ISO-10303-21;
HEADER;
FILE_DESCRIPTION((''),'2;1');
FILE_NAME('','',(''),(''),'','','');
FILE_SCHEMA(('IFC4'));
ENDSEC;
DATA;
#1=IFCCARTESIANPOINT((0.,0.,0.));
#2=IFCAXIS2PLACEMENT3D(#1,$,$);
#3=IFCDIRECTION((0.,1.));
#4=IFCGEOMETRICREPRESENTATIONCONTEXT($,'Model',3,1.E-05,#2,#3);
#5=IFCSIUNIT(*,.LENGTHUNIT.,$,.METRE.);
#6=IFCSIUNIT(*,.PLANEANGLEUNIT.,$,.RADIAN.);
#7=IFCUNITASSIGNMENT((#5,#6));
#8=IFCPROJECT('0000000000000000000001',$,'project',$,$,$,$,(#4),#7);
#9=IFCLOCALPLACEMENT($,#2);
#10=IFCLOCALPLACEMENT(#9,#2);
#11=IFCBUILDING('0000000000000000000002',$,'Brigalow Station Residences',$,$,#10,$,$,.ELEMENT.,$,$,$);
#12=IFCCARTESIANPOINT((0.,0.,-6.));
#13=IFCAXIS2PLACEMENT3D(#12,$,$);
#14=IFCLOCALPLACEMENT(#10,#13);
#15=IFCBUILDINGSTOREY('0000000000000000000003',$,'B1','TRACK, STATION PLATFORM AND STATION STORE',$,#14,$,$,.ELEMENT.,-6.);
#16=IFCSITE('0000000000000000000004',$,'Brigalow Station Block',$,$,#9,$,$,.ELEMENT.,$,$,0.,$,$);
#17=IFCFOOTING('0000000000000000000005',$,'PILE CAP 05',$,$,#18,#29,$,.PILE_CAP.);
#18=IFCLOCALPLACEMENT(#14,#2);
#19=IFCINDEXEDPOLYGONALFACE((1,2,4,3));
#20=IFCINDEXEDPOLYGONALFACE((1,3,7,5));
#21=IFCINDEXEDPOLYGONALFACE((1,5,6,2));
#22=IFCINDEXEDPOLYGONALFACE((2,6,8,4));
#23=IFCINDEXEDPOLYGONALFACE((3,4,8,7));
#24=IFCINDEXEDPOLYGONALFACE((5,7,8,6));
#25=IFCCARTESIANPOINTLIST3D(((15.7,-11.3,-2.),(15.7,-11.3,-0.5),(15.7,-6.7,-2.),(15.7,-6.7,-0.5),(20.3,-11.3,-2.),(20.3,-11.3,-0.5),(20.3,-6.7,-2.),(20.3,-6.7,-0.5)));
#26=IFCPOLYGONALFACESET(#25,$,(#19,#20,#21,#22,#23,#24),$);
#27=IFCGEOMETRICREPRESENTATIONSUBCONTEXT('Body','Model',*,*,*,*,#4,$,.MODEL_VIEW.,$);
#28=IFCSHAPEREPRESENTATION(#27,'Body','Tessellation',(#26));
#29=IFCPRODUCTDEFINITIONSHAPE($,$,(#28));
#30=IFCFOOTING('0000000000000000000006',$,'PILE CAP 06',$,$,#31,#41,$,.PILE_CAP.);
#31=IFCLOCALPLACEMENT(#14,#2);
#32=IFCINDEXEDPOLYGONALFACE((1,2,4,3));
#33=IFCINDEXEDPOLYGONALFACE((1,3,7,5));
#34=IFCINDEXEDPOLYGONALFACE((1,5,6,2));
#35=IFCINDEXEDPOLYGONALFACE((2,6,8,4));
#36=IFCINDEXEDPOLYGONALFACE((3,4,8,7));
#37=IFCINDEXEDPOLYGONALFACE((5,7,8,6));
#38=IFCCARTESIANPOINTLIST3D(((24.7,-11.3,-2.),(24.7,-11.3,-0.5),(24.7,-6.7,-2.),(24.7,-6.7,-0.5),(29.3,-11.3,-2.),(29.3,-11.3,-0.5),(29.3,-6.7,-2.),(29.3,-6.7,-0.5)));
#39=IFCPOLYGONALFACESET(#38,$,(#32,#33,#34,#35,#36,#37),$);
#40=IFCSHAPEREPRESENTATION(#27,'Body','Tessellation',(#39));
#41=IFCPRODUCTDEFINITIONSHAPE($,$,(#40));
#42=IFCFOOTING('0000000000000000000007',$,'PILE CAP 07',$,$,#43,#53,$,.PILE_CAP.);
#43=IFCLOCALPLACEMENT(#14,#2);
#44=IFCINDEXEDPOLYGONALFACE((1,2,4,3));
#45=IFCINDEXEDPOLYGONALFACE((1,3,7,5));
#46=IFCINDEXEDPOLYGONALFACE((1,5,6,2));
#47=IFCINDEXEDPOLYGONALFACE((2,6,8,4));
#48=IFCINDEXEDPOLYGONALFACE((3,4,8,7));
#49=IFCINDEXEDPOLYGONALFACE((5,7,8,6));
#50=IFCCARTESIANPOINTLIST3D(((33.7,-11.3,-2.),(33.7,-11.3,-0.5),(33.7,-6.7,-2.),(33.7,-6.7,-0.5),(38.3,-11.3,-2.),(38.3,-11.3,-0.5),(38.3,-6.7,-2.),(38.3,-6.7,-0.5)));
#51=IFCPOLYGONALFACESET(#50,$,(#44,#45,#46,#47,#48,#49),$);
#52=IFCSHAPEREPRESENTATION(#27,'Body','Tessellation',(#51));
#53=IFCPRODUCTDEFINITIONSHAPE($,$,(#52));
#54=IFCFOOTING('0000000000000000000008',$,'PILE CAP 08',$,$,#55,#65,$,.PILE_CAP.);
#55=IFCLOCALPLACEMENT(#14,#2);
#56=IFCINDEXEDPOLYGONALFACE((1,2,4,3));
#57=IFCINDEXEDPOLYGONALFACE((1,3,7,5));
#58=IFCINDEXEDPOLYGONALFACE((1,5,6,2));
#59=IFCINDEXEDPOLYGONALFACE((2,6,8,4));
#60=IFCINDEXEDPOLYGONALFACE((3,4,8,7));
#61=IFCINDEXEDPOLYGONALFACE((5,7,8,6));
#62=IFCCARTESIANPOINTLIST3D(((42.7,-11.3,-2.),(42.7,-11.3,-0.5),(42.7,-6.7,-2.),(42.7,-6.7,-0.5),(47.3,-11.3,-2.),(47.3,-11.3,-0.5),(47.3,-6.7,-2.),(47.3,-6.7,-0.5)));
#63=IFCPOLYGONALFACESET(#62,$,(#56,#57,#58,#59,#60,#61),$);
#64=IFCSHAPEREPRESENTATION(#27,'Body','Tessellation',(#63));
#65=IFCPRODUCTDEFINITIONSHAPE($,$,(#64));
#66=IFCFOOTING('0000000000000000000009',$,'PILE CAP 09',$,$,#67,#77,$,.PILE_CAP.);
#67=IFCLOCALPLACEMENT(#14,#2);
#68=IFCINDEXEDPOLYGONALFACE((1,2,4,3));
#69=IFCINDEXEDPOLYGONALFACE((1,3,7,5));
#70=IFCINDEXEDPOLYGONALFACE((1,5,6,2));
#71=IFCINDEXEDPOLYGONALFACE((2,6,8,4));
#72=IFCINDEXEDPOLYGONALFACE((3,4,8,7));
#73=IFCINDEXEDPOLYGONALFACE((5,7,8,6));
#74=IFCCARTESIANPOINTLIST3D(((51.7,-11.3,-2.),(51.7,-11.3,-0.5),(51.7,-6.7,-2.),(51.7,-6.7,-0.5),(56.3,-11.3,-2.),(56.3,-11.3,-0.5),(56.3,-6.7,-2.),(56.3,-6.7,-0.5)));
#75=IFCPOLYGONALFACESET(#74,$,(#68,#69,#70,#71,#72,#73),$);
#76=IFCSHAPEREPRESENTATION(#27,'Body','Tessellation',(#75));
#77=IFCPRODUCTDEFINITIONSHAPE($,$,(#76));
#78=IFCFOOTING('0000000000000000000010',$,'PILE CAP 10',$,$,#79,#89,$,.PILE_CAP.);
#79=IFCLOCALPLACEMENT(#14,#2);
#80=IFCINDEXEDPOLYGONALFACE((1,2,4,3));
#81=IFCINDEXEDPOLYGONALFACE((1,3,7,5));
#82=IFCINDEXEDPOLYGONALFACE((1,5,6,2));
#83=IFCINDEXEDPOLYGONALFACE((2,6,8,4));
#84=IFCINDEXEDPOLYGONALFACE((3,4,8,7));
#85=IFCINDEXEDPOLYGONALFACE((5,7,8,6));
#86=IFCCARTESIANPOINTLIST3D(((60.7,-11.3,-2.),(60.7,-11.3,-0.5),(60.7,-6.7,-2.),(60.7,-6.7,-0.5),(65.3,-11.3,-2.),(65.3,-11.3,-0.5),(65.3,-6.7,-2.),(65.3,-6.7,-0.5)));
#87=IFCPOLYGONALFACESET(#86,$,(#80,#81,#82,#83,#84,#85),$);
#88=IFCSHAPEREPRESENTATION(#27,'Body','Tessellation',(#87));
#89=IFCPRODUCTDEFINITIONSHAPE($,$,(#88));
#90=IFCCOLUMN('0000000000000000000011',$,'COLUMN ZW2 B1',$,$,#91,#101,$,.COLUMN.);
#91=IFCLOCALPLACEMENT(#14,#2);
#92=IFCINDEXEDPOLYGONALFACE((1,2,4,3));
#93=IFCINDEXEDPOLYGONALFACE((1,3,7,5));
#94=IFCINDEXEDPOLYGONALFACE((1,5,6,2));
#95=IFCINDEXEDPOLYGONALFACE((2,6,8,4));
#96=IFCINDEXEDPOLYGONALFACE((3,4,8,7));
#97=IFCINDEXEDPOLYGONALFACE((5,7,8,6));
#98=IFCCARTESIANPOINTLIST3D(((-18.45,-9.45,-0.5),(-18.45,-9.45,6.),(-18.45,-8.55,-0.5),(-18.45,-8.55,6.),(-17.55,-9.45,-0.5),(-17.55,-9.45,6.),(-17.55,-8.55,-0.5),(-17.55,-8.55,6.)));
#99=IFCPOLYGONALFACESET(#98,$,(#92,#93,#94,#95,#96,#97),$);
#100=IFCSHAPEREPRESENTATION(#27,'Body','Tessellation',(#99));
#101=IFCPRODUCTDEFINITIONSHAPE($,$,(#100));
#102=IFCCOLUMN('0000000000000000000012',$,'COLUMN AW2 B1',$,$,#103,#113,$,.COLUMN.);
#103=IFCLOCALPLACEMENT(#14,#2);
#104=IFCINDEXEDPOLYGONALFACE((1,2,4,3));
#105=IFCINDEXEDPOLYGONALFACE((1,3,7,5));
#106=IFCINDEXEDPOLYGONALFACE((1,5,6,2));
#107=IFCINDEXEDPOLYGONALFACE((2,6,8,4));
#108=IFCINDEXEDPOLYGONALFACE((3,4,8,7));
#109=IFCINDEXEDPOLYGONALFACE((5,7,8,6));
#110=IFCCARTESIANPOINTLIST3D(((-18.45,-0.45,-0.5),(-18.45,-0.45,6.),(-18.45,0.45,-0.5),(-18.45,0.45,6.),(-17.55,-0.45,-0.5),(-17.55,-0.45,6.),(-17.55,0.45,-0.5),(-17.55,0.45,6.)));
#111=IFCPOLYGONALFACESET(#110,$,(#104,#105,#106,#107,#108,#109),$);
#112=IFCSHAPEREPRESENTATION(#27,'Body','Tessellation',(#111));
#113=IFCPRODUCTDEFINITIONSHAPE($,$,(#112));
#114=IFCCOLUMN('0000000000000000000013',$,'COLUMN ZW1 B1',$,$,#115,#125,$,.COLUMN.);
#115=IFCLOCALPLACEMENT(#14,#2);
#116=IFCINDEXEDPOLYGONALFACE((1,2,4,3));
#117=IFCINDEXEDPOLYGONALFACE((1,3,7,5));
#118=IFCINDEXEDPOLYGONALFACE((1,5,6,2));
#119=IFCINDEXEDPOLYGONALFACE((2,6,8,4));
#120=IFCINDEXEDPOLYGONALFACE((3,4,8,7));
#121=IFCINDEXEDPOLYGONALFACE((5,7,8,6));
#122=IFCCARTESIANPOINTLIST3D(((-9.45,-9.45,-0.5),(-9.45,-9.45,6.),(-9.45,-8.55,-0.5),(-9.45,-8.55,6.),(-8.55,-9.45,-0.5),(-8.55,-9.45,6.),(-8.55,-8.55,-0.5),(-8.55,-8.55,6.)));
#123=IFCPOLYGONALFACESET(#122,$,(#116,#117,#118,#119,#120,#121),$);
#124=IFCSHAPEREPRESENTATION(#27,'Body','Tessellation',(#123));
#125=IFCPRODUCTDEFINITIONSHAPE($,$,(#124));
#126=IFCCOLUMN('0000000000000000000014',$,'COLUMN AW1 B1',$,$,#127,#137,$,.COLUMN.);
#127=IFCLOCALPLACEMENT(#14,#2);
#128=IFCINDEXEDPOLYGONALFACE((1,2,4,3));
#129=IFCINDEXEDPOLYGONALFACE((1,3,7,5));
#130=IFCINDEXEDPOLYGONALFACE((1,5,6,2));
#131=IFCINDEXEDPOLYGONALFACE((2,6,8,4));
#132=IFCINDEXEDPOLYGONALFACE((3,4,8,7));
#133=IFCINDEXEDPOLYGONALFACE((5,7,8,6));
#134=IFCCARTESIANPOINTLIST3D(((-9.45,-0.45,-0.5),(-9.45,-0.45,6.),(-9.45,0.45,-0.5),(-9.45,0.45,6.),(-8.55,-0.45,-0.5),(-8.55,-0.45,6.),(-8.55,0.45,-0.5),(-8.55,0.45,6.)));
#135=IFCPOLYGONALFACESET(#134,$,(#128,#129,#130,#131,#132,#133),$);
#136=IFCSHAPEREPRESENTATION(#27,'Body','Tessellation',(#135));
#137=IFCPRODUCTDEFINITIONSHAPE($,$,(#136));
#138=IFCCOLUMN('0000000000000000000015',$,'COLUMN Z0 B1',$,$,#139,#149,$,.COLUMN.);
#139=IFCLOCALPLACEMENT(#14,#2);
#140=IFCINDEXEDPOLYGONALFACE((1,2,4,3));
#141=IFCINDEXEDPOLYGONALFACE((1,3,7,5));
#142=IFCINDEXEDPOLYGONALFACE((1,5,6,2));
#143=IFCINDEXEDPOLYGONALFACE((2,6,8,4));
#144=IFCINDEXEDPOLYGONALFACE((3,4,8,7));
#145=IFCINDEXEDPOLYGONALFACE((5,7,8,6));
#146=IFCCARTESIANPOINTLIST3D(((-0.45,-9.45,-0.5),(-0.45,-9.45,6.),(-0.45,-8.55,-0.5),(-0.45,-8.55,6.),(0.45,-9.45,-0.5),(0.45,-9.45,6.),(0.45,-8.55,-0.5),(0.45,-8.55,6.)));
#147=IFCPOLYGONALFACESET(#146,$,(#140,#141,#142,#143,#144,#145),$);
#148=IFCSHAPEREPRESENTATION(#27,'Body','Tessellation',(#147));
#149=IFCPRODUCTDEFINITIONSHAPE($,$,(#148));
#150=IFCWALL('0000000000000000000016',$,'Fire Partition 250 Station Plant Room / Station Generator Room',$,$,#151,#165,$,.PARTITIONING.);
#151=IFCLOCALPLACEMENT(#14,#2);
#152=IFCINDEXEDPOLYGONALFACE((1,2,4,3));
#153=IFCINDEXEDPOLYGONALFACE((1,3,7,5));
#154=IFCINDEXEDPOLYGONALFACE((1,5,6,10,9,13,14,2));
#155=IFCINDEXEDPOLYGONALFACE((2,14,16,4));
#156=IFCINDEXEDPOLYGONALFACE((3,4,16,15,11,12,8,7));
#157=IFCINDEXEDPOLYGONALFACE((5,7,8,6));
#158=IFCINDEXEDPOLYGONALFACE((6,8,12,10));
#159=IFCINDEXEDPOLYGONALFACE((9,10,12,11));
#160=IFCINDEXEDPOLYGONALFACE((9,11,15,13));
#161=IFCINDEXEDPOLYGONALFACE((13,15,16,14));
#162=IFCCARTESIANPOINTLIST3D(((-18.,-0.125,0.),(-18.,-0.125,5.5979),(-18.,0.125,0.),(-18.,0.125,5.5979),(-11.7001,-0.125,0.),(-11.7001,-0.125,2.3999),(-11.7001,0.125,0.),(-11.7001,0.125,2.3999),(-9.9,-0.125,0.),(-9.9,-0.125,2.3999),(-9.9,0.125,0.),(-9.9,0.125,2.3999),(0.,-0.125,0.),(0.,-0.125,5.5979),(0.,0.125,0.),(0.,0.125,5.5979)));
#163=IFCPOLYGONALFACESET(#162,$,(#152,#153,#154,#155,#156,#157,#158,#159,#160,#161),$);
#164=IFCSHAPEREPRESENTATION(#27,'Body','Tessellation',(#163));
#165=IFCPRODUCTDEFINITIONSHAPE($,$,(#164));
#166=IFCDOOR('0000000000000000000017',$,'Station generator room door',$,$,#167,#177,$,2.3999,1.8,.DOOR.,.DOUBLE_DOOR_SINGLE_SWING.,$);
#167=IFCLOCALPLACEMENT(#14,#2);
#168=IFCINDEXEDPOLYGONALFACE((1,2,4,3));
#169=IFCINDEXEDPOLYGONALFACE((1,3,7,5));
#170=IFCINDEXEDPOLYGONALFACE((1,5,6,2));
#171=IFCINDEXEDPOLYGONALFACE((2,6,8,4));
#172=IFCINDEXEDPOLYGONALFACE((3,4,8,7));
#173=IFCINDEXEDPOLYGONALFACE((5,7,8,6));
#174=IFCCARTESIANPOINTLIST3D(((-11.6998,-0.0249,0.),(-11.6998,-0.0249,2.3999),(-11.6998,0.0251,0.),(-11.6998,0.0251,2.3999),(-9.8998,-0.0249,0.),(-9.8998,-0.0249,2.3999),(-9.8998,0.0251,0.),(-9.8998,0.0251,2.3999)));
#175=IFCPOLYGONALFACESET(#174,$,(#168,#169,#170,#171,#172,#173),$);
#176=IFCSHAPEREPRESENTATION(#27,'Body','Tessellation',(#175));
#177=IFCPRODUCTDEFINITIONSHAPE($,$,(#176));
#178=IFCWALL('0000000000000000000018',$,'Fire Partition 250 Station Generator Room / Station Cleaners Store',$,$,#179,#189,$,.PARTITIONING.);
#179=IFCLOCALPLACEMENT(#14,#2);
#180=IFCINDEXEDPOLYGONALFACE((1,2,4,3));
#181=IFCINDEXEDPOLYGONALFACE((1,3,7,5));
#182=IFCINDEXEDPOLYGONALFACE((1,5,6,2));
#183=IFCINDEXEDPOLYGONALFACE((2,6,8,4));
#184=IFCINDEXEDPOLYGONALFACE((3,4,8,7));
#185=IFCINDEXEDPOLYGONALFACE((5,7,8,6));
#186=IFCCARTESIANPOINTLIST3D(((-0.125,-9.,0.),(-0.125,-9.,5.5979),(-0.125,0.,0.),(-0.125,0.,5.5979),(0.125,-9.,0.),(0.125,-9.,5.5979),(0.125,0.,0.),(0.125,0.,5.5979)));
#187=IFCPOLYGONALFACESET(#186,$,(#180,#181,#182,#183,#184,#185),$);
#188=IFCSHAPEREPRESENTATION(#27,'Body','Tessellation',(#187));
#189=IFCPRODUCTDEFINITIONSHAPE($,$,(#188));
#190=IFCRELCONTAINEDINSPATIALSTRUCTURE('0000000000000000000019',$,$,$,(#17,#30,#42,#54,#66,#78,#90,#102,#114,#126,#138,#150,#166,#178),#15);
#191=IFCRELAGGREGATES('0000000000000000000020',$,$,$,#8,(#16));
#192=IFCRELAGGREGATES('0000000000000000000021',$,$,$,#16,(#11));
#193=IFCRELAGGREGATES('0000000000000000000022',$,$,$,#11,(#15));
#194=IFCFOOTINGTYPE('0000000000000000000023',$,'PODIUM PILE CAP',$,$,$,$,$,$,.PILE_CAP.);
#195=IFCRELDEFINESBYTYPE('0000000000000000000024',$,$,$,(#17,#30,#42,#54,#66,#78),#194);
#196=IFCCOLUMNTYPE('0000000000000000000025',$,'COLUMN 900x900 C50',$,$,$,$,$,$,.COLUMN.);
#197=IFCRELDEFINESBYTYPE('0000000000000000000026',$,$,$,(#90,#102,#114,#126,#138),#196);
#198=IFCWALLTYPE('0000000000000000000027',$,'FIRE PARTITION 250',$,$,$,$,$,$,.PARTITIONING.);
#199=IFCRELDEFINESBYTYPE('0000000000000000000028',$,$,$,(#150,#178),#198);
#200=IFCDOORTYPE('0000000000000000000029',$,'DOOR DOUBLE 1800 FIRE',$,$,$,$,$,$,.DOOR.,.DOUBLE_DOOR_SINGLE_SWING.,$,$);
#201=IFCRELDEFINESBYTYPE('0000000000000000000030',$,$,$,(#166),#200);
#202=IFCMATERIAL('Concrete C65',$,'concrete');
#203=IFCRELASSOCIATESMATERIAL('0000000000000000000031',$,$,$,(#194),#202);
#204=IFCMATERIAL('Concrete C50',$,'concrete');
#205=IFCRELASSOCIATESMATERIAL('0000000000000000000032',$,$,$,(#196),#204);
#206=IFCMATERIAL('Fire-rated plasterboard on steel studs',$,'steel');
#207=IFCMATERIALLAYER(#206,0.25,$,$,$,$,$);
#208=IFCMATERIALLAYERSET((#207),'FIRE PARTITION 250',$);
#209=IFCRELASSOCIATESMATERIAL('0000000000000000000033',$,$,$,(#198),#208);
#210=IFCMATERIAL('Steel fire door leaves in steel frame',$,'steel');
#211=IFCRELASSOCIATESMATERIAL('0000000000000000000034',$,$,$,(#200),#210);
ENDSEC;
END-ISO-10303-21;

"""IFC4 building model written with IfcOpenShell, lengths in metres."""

from ifc_helpers import new_model, si_unit, direction, frame, frame_2d, origin, origin_2d, place, context, subcontext, project, spatial, polyline, rectangle, outline, extrude, material, layer, layer_set, material_profile, profile_set, type_object, element, fill, save


model = new_model("IFC4")

# Units and contexts
model_context = context("Model", 3, precision=1e-05, world=origin(), true_north=direction((0.0, 1.0)))
body_context = subcontext(model_context, "Body", "Model", "MODEL_VIEW")
ifc_project = project(units=[si_unit("LENGTHUNIT", "METRE"), si_unit("PLANEANGLEUNIT", "RADIAN")], contexts=[model_context])

# Site, building, storey
site_placement = place(None, origin())
site = spatial("IfcSite", under=ifc_project, at=site_placement, Name="Brigalow Station Block", CompositionType="ELEMENT", RefElevation=0.0)
building_placement = place(site_placement, origin())
building = spatial("IfcBuilding", under=site, at=building_placement, Name="Brigalow Station Residences", CompositionType="ELEMENT")
storey_placement = place(building_placement, frame((0.0, 0.0, -6.0)))
storey = spatial("IfcBuildingStorey", under=building, at=storey_placement, Name="B1", Description="TRACK, STATION PLATFORM AND STATION STORE", CompositionType="ELEMENT", Elevation=-6.0)

# Footings
ifc_material_1 = material(Name="Concrete C65", Category="concrete")
footing_type = type_object("IfcFootingType", Name="PODIUM PILE CAP", PredefinedType="PILE_CAP", material=ifc_material_1)
footing_1_placement = place(storey_placement, frame((0.0, 0.0, -2.0)))
element("IfcFooting", 1, at=footing_1_placement, inside=storey, type_object=footing_type, Name="PILE CAP 05", PredefinedType="PILE_CAP", context=body_context, shape_type="SweptSolid", body=[
    extrude(outline(polyline([(20.3, -11.3), (20.3, -6.7), (15.7, -6.7), (15.7, -11.3), (20.3, -11.3)])), origin(), (0.0, 0.0, 1.0), 1.5),
])
footing_2_placement = place(storey_placement, frame((0.0, 0.0, -2.0)))
element("IfcFooting", 2, at=footing_2_placement, inside=storey, type_object=footing_type, Name="PILE CAP 06", PredefinedType="PILE_CAP", context=body_context, shape_type="SweptSolid", body=[
    extrude(outline(polyline([(29.3, -11.3), (29.3, -6.7), (24.7, -6.7), (24.7, -11.3), (29.3, -11.3)])), origin(), (0.0, 0.0, 1.0), 1.5),
])
footing_3_placement = place(storey_placement, frame((0.0, 0.0, -2.0)))
element("IfcFooting", 3, at=footing_3_placement, inside=storey, type_object=footing_type, Name="PILE CAP 07", PredefinedType="PILE_CAP", context=body_context, shape_type="SweptSolid", body=[
    extrude(outline(polyline([(38.3, -11.3), (38.3, -6.7), (33.7, -6.7), (33.7, -11.3), (38.3, -11.3)])), origin(), (0.0, 0.0, 1.0), 1.5),
])
footing_4_placement = place(storey_placement, frame((0.0, 0.0, -2.0)))
element("IfcFooting", 4, at=footing_4_placement, inside=storey, type_object=footing_type, Name="PILE CAP 08", PredefinedType="PILE_CAP", context=body_context, shape_type="SweptSolid", body=[
    extrude(outline(polyline([(47.3, -11.3), (47.3, -6.7), (42.7, -6.7), (42.7, -11.3), (47.3, -11.3)])), origin(), (0.0, 0.0, 1.0), 1.5),
])
footing_5_placement = place(storey_placement, frame((0.0, 0.0, -2.0)))
element("IfcFooting", 5, at=footing_5_placement, inside=storey, type_object=footing_type, Name="PILE CAP 09", PredefinedType="PILE_CAP", context=body_context, shape_type="SweptSolid", body=[
    extrude(outline(polyline([(56.3, -11.3), (56.3, -6.7), (51.7, -6.7), (51.7, -11.3), (56.3, -11.3)])), origin(), (0.0, 0.0, 1.0), 1.5),
])
footing_6_placement = place(storey_placement, frame((0.0, 0.0, -2.0)))
element("IfcFooting", 6, at=footing_6_placement, inside=storey, type_object=footing_type, Name="PILE CAP 10", PredefinedType="PILE_CAP", context=body_context, shape_type="SweptSolid", body=[
    extrude(outline(polyline([(65.3, -11.3), (65.3, -6.7), (60.7, -6.7), (60.7, -11.3), (65.3, -11.3)])), origin(), (0.0, 0.0, 1.0), 1.5),
])

# Columns
ifc_material_2 = material(Name="Concrete C50", Category="concrete")
ifc_material_profile_1 = material_profile(ifc_material_2, rectangle(XDim=0.8999, YDim=0.8999, at=origin_2d()), Name="RC900x900")
ifc_profile_set_1 = profile_set([ifc_material_profile_1], Name="Concrete C50")
column_type = type_object("IfcColumnType", Name="COLUMN 900x900 C50", PredefinedType="COLUMN", material=ifc_profile_set_1)
for number, where, z_axis, x_axis, name in (
    (7, (-18.0, -9.0, -0.5), (0.0, 0.0, 1.0), (1.0, 0.0, 0.0), "COLUMN ZW2 B1"),
    (8, (-18.0, 0.0, -0.5), (0.0, 0.0, 1.0), (1.0, 0.0, 0.0), "COLUMN AW2 B1"),
    (9, (-9.0, -9.0, -0.5), (0.0, 0.0, 1.0), (1.0, 0.0, 0.0), "COLUMN ZW1 B1"),
    (10, (-9.0, 0.0, -0.5), (0.0, 0.0, 1.0), (1.0, 0.0, 0.0), "COLUMN AW1 B1"),
    (11, (0.0, -9.0, -0.5), (0.0, 0.0, 1.0), (1.0, 0.0, 0.0), "COLUMN Z0 B1"),
):
    element("IfcColumn", number, at=place(storey_placement, frame(where, z_axis=z_axis, x_axis=x_axis)), inside=storey, type_object=column_type, Name=name, PredefinedType="COLUMN", context=body_context, shape_type="SweptSolid", body=[
        extrude(rectangle(XDim=0.8999, YDim=0.8999, at=origin_2d()), origin(), (0.0, 0.0, 1.0), 6.5),
    ])

# Wall, opening, door
ifc_material_3 = material(Name="Fire-rated plasterboard on steel studs", Category="steel")
ifc_layer = layer(ifc_material_3, 0.25)
ifc_layer_set = layer_set([ifc_layer], Name="FIRE PARTITION 250")
wall_type = type_object("IfcWallType", Name="FIRE PARTITION 250", PredefinedType="PARTITIONING", material=ifc_layer_set)
wall_1_placement = place(storey_placement, frame((-18.0, 0.0, 0.0), z_axis=(0.0, 0.0, 1.0), x_axis=(1.0, 0.0, 0.0)))
wall_1 = element("IfcWall", 12, at=wall_1_placement, inside=storey, type_object=wall_type, Name="Fire Partition 250 Station Plant Room / Station Generator Room", PredefinedType="PARTITIONING", context=body_context, shape_type="SweptSolid", body=[
    extrude(rectangle(XDim=18.0, YDim=0.25, at=frame_2d((9.0, 0.0))), origin(), (0.0, 0.0, 1.0), 5.5979),
])
opening_placement = place(wall_1_placement, frame((6.3, 0.0, 0.0)))
opening = element("IfcOpeningElement", 13, at=opening_placement, cuts=wall_1, PredefinedType="OPENING", context=body_context, shape_type="SweptSolid", body=[
    extrude(rectangle(XDim=1.8, YDim=2.3999, at=frame_2d((0.8999, 1.2))), frame((0.0, 0.135, 0.0), z_axis=(0.0, -1.0, 0.0), x_axis=(1.0, 0.0, 0.0)), (0.0, 0.0, 1.0), 0.27),
])
ifc_material_4 = material(Name="Steel fire door leaves in steel frame", Category="steel")
door_type = type_object("IfcDoorType", Name="DOOR DOUBLE 1800 FIRE", OperationType="DOUBLE_DOOR_SINGLE_SWING", PredefinedType="DOOR", material=ifc_material_4)
door_placement = place(opening_placement, frame((1.8, 0.0, 0.0), z_axis=(0.0, 0.0, 1.0), x_axis=(-1.0, 0.0, 0.0)))
door = element("IfcDoor", 14, at=door_placement, inside=storey, type_object=door_type, Name="Station generator room door", OperationType="DOUBLE_DOOR_SINGLE_SWING", OverallHeight=2.3999, OverallWidth=1.8, PredefinedType="DOOR", context=body_context, shape_type="SweptSolid", body=[
    extrude(rectangle(XDim=1.8, YDim=2.3999, at=frame_2d((0.8999, 1.2))), frame((0.0, 0.0249, 0.0), z_axis=(0.0, -1.0, 0.0), x_axis=(1.0, 0.0, 0.0)), (0.0, 0.0, 1.0), 0.05),
])
fill(opening, door)

# Wall
wall_2_placement = place(storey_placement, frame((0.0, -9.0, 0.0), z_axis=(0.0, 0.0, 1.0), x_axis=(0.0, 1.0, 0.0)))
element("IfcWall", 15, at=wall_2_placement, inside=storey, type_object=wall_type, Name="Fire Partition 250 Station Generator Room / Station Cleaners Store", PredefinedType="PARTITIONING", context=body_context, shape_type="SweptSolid", body=[
    extrude(rectangle(XDim=9.0, YDim=0.25, at=frame_2d((4.5, 0.0))), origin(), (0.0, 0.0, 1.0), 5.5979),
])

save(model, "model.ifc")
